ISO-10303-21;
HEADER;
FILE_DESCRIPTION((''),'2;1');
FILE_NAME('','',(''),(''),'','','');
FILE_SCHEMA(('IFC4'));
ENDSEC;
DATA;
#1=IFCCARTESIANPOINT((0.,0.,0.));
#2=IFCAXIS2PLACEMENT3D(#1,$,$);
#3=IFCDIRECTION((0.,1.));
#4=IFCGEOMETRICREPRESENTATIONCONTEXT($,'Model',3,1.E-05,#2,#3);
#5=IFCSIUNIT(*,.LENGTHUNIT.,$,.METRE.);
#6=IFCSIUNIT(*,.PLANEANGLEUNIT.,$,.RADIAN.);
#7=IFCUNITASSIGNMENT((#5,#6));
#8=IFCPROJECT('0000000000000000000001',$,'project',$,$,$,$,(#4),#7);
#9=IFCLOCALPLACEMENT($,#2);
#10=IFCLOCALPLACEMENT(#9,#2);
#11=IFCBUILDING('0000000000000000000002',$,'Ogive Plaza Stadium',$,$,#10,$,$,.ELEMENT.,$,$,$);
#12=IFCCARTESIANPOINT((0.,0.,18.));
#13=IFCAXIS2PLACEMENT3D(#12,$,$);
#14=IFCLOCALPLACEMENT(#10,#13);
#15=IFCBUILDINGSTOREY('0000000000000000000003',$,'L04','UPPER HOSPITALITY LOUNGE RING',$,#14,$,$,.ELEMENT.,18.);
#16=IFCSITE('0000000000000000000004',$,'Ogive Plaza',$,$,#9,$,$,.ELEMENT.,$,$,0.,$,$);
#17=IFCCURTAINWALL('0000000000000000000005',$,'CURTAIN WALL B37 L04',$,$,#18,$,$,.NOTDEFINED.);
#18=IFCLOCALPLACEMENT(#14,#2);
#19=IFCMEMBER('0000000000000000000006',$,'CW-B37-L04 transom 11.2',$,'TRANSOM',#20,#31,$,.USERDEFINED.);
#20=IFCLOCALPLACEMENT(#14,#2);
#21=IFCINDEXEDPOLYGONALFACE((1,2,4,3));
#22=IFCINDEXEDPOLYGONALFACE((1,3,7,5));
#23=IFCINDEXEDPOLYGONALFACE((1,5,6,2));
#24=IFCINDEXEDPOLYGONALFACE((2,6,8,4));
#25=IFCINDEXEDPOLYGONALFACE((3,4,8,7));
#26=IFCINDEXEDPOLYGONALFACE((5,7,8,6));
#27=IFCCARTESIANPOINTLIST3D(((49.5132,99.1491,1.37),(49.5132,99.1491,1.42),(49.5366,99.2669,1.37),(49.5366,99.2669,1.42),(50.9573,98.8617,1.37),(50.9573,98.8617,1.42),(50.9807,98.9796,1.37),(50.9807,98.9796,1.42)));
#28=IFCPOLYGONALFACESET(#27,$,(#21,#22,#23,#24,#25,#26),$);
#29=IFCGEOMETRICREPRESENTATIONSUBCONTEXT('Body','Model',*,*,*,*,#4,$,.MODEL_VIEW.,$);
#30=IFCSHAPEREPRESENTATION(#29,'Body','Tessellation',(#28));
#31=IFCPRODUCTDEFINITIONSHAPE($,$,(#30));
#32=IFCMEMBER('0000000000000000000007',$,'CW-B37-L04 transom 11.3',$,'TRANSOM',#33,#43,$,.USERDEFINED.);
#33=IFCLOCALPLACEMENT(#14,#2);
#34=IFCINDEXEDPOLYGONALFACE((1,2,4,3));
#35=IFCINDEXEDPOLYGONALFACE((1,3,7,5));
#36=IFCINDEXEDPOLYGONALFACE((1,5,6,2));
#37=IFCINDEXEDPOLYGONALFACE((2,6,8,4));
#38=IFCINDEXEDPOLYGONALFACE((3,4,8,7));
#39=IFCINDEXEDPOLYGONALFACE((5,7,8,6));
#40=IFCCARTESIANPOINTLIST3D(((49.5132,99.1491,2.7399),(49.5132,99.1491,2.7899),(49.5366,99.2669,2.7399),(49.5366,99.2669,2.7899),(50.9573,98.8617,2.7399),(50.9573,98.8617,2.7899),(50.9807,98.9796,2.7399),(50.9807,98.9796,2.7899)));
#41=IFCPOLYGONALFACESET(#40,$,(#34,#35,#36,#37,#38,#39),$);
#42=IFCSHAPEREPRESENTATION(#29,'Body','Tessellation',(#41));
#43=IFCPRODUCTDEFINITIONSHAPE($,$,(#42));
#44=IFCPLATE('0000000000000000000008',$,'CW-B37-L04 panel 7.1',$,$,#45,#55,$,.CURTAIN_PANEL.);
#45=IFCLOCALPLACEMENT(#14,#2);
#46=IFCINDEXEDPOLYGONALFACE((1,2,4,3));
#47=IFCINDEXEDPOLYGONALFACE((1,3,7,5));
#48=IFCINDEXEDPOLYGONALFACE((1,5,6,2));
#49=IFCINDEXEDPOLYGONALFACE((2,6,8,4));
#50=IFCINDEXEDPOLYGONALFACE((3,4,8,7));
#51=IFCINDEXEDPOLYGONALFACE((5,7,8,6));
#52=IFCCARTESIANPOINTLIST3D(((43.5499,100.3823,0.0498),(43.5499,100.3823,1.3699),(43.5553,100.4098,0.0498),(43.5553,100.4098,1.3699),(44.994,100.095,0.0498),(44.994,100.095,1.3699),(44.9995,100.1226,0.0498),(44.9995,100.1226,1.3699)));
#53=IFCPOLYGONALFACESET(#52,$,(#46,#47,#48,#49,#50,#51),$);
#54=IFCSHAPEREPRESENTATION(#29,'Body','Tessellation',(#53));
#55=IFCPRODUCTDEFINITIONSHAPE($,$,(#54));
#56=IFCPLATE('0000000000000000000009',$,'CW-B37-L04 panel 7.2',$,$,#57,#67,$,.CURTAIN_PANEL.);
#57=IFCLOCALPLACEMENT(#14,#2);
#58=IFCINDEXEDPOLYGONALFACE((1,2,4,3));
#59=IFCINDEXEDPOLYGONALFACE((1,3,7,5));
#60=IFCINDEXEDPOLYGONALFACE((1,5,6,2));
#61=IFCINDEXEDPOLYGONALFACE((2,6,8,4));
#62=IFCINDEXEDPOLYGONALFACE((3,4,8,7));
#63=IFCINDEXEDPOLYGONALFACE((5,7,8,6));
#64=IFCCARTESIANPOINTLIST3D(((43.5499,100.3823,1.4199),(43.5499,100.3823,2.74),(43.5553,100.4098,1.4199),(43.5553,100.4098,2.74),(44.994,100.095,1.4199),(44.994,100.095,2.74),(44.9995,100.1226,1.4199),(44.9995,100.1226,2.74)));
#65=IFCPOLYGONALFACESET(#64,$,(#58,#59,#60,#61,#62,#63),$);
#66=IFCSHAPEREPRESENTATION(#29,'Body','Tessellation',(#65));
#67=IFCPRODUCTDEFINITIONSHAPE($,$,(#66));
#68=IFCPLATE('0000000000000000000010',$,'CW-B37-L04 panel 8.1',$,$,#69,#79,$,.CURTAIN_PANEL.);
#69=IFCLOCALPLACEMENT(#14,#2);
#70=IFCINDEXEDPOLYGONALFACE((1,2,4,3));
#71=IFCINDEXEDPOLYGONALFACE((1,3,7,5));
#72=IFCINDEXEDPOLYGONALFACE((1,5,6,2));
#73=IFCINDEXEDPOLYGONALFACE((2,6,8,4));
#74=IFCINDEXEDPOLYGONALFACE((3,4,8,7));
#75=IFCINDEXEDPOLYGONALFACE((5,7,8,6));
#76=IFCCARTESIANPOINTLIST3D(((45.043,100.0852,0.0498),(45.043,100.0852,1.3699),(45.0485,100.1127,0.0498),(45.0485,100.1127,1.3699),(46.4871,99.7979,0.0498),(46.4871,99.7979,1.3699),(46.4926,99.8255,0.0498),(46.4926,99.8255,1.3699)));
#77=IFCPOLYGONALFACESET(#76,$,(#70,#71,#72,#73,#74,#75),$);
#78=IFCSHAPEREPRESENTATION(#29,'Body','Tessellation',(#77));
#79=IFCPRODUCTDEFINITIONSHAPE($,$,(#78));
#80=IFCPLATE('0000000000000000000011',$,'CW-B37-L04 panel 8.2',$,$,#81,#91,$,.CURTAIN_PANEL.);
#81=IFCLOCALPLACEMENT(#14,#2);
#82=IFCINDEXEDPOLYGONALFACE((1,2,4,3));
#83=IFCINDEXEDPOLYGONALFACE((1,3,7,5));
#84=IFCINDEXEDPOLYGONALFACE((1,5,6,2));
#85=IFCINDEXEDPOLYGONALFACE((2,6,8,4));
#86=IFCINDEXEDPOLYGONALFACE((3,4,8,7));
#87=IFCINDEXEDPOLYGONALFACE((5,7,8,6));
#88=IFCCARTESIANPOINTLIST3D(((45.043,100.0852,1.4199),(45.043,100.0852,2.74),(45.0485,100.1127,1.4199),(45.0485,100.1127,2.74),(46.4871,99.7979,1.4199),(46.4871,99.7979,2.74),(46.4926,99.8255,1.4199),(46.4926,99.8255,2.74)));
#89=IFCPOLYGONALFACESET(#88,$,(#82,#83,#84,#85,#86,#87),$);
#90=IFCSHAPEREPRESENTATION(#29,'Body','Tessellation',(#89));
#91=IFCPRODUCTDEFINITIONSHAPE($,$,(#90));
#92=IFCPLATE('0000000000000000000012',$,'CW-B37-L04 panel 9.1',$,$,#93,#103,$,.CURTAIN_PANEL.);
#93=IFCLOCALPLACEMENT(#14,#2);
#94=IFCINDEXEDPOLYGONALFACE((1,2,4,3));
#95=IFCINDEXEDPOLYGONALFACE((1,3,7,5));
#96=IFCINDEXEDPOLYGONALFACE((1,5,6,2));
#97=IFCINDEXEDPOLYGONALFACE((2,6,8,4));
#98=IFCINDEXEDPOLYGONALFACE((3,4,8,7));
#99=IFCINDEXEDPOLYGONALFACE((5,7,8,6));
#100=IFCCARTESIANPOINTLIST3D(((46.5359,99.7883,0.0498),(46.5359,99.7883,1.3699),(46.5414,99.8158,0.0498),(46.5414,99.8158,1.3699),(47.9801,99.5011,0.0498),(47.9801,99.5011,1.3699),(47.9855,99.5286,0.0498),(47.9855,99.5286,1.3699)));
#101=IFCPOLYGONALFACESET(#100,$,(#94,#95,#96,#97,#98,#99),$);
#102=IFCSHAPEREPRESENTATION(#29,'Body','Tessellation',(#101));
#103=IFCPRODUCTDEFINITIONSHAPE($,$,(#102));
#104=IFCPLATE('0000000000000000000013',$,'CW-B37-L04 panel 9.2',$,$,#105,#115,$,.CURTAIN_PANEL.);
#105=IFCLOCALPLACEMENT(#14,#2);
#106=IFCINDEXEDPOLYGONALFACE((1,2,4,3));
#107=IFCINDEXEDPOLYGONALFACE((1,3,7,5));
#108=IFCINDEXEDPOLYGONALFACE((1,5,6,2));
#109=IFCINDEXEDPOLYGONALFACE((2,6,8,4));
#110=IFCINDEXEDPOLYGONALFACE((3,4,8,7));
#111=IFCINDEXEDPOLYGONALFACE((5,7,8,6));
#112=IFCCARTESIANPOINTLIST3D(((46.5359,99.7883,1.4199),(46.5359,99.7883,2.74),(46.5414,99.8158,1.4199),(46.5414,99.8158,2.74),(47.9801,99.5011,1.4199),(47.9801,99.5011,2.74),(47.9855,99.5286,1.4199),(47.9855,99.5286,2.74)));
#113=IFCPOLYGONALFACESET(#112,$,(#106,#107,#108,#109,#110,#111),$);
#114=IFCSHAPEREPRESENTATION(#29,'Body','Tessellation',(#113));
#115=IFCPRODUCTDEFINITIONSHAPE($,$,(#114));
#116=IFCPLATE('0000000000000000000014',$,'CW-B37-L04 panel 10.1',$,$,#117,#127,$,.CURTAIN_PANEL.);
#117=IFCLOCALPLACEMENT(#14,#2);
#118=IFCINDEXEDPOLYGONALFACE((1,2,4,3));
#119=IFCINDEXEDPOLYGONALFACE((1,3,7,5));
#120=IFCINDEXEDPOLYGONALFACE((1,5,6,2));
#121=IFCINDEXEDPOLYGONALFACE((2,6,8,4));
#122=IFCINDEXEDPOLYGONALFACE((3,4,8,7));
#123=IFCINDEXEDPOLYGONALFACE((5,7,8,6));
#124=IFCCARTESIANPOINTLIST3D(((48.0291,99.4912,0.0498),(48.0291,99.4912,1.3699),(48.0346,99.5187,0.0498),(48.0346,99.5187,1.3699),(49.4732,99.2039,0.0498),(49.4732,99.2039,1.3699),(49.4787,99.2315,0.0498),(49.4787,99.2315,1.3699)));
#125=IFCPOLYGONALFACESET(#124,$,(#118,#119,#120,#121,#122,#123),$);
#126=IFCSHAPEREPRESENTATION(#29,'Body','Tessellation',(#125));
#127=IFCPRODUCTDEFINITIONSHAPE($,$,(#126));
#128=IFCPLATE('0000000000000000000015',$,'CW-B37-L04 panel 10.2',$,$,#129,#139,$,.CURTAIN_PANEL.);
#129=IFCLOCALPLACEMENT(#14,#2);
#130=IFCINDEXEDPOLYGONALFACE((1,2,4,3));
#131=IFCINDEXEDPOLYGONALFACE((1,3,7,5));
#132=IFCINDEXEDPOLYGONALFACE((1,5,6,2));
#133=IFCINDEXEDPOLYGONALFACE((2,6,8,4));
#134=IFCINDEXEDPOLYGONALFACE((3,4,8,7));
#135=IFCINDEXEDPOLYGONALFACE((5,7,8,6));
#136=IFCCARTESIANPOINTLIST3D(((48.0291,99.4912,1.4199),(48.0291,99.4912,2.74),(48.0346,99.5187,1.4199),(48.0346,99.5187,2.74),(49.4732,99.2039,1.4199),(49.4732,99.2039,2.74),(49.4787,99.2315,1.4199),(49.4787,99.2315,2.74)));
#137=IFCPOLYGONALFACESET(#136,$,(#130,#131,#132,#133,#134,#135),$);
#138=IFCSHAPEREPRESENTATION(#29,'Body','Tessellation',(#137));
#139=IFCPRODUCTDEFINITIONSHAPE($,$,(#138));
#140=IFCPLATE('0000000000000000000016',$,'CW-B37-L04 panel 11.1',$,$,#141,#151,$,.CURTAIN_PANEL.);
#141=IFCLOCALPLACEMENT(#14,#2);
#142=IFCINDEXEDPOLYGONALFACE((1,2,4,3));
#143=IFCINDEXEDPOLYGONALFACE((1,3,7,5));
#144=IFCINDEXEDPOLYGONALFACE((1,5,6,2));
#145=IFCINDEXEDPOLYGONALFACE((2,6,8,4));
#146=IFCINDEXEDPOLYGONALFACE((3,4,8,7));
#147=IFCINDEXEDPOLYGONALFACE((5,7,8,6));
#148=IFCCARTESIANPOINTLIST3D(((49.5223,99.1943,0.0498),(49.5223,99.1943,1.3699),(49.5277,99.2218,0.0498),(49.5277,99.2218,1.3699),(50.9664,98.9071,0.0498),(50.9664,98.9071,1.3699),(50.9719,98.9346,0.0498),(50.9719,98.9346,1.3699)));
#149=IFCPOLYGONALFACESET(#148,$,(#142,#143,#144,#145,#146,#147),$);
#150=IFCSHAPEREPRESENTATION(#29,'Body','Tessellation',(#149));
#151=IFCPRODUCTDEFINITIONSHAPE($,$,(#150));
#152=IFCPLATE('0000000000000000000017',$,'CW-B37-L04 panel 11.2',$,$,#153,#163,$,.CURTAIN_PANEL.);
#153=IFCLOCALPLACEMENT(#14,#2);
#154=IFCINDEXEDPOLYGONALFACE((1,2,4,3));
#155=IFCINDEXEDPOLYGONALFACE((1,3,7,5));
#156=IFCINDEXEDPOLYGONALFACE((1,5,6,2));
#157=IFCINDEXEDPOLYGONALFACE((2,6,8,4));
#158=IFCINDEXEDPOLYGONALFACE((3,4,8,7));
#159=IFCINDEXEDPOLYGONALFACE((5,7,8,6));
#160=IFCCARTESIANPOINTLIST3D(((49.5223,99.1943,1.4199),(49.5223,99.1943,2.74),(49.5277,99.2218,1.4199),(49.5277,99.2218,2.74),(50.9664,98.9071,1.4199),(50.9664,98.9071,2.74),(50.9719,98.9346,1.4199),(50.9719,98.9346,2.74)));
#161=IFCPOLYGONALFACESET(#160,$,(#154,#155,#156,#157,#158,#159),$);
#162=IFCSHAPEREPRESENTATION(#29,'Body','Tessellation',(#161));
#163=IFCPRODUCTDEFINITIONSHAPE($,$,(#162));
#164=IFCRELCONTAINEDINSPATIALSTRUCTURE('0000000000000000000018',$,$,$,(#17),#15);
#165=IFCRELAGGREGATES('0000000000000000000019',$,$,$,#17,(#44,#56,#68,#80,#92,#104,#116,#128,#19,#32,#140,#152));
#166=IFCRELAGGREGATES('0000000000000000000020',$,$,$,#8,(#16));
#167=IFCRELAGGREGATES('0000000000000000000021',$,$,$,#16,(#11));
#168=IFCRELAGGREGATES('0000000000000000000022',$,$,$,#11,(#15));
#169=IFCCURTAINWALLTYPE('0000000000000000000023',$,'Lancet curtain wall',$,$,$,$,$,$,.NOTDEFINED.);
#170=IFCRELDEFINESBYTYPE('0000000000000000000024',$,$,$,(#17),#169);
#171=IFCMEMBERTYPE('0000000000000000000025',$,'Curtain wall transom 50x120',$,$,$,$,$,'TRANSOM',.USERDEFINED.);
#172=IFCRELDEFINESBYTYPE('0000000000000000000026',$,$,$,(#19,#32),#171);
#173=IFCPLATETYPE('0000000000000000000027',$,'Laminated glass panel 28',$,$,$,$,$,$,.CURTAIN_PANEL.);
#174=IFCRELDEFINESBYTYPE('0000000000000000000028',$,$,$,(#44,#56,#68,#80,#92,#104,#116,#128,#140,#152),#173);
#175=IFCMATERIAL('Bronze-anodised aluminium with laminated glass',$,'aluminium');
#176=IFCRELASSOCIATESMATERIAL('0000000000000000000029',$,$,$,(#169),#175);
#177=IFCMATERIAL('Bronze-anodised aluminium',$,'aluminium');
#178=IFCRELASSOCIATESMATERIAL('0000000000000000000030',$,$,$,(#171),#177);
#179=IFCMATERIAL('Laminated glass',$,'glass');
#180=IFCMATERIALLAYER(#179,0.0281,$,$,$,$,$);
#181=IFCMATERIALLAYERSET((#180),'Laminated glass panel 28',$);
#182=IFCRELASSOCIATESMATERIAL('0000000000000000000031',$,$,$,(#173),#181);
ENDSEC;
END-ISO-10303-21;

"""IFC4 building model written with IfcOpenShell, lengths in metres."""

from ifc_helpers import new_model, si_unit, direction, frame, origin, origin_2d, place, context, subcontext, project, spatial, rectangle, extrude, material, layer, layer_set, material_profile, profile_set, type_object, element, aggregate, save


model = new_model("IFC4")

# Units and contexts
model_context = context("Model", 3, precision=1e-05, world=origin(), true_north=direction((0.0, 1.0)))
body_context = subcontext(model_context, "Body", "Model", "MODEL_VIEW")
ifc_project = project(units=[si_unit("LENGTHUNIT", "METRE"), si_unit("PLANEANGLEUNIT", "RADIAN")], contexts=[model_context])

# Site, building, storey
site_placement = place(None, origin())
site = spatial("IfcSite", under=ifc_project, at=site_placement, Name="Ogive Plaza", CompositionType="ELEMENT", RefElevation=0.0)
building_placement = place(site_placement, origin())
building = spatial("IfcBuilding", under=site, at=building_placement, Name="Ogive Plaza Stadium", CompositionType="ELEMENT")
storey_placement = place(building_placement, frame((0.0, 0.0, 18.0)))
storey = spatial("IfcBuildingStorey", under=building, at=storey_placement, Name="L04", Description="UPPER HOSPITALITY LOUNGE RING", CompositionType="ELEMENT", Elevation=18.0)

# Curtain wall, members, plates
ifc_material_1 = material(Name="Bronze-anodised aluminium with laminated glass", Category="aluminium")
curtain_wall_type = type_object("IfcCurtainWallType", Name="Lancet curtain wall", PredefinedType="NOTDEFINED", material=ifc_material_1)
curtain_wall_placement = place(storey_placement, origin())
curtain_wall = element("IfcCurtainWall", 1, at=curtain_wall_placement, inside=storey, type_object=curtain_wall_type, Name="CURTAIN WALL B37 L04", PredefinedType="NOTDEFINED")
ifc_material_2 = material(Name="Bronze-anodised aluminium", Category="aluminium")
ifc_material_profile_1 = material_profile(ifc_material_2, rectangle(XDim=0.1201, YDim=0.05, at=origin_2d()), Name="AL 120x50")
ifc_profile_set_1 = profile_set([ifc_material_profile_1], Name="Bronze-anodised aluminium")
member_type_1 = type_object("IfcMemberType", Name="Curtain wall transom 50x120", ElementType="TRANSOM", PredefinedType="USERDEFINED", material=ifc_profile_set_1)
member_1_placement = place(storey_placement, frame((49.5249, 99.208, 1.395), z_axis=(0.980772, -0.195159, 0.0), x_axis=(0.195159, 0.980772, 0.0)))
member_1 = element("IfcMember", 2, at=member_1_placement, type_object=member_type_1, Name="CW-B37-L04 transom 11.2", ObjectType="TRANSOM", PredefinedType="USERDEFINED", context=body_context, shape_type="SweptSolid", body=[
    extrude(rectangle(XDim=0.1201, YDim=0.05, at=origin_2d()), origin(), (0.0, 0.0, 1.0), 1.4724),
])
member_2_placement = place(storey_placement, frame((49.5249, 99.208, 2.7649), z_axis=(0.980772, -0.195159, 0.0), x_axis=(0.195159, 0.980772, 0.0)))
member_2 = element("IfcMember", 3, at=member_2_placement, type_object=member_type_1, Name="CW-B37-L04 transom 11.3", ObjectType="TRANSOM", PredefinedType="USERDEFINED", context=body_context, shape_type="SweptSolid", body=[
    extrude(rectangle(XDim=0.1201, YDim=0.05, at=origin_2d()), origin(), (0.0, 0.0, 1.0), 1.4724),
])
ifc_material_3 = material(Name="Laminated glass", Category="glass")
ifc_layer = layer(ifc_material_3, 0.0281)
ifc_layer_set = layer_set([ifc_layer], Name="Laminated glass panel 28")
plate_type = type_object("IfcPlateType", Name="Laminated glass panel 28", PredefinedType="CURTAIN_PANEL", material=ifc_layer_set)
plate_1_placement = place(storey_placement, frame((44.2747, 100.2524, 0.0498), z_axis=(0.0, 0.0, 1.0), x_axis=(0.980785, -0.19509, 0.0)))
plate_1 = element("IfcPlate", 4, at=plate_1_placement, type_object=plate_type, Name="CW-B37-L04 panel 7.1", PredefinedType="CURTAIN_PANEL", context=body_context, shape_type="SweptSolid", body=[
    extrude(rectangle(XDim=1.4724, YDim=0.0281, at=origin_2d()), origin(), (0.0, 0.0, 1.0), 1.3201),
])
plate_2_placement = place(storey_placement, frame((44.2747, 100.2524, 1.4199), z_axis=(0.0, 0.0, 1.0), x_axis=(0.980785, -0.19509, 0.0)))
plate_2 = element("IfcPlate", 5, at=plate_2_placement, type_object=plate_type, Name="CW-B37-L04 panel 7.2", PredefinedType="CURTAIN_PANEL", context=body_context, shape_type="SweptSolid", body=[
    extrude(rectangle(XDim=1.4724, YDim=0.0281, at=origin_2d()), origin(), (0.0, 0.0, 1.0), 1.3201),
])
plate_3_placement = place(storey_placement, frame((45.7678, 99.9553, 0.0498), z_axis=(0.0, 0.0, 1.0), x_axis=(0.980785, -0.19509, 0.0)))
plate_3 = element("IfcPlate", 6, at=plate_3_placement, type_object=plate_type, Name="CW-B37-L04 panel 8.1", PredefinedType="CURTAIN_PANEL", context=body_context, shape_type="SweptSolid", body=[
    extrude(rectangle(XDim=1.4724, YDim=0.0281, at=origin_2d()), origin(), (0.0, 0.0, 1.0), 1.3201),
])
plate_4_placement = place(storey_placement, frame((45.7678, 99.9553, 1.4199), z_axis=(0.0, 0.0, 1.0), x_axis=(0.980785, -0.19509, 0.0)))
plate_4 = element("IfcPlate", 7, at=plate_4_placement, type_object=plate_type, Name="CW-B37-L04 panel 8.2", PredefinedType="CURTAIN_PANEL", context=body_context, shape_type="SweptSolid", body=[
    extrude(rectangle(XDim=1.4724, YDim=0.0281, at=origin_2d()), origin(), (0.0, 0.0, 1.0), 1.3201),
])
plate_5_placement = place(storey_placement, frame((47.2607, 99.6584, 0.0498), z_axis=(0.0, 0.0, 1.0), x_axis=(0.980785, -0.19509, 0.0)))
plate_5 = element("IfcPlate", 8, at=plate_5_placement, type_object=plate_type, Name="CW-B37-L04 panel 9.1", PredefinedType="CURTAIN_PANEL", context=body_context, shape_type="SweptSolid", body=[
    extrude(rectangle(XDim=1.4724, YDim=0.0281, at=origin_2d()), origin(), (0.0, 0.0, 1.0), 1.3201),
])
plate_6_placement = place(storey_placement, frame((47.2607, 99.6584, 1.4199), z_axis=(0.0, 0.0, 1.0), x_axis=(0.980785, -0.19509, 0.0)))
plate_6 = element("IfcPlate", 9, at=plate_6_placement, type_object=plate_type, Name="CW-B37-L04 panel 9.2", PredefinedType="CURTAIN_PANEL", context=body_context, shape_type="SweptSolid", body=[
    extrude(rectangle(XDim=1.4724, YDim=0.0281, at=origin_2d()), origin(), (0.0, 0.0, 1.0), 1.3201),
])
plate_7_placement = place(storey_placement, frame((48.7539, 99.3613, 0.0498), z_axis=(0.0, 0.0, 1.0), x_axis=(0.980785, -0.19509, 0.0)))
plate_7 = element("IfcPlate", 10, at=plate_7_placement, type_object=plate_type, Name="CW-B37-L04 panel 10.1", PredefinedType="CURTAIN_PANEL", context=body_context, shape_type="SweptSolid", body=[
    extrude(rectangle(XDim=1.4724, YDim=0.0281, at=origin_2d()), origin(), (0.0, 0.0, 1.0), 1.3201),
])
plate_8_placement = place(storey_placement, frame((48.7539, 99.3613, 1.4199), z_axis=(0.0, 0.0, 1.0), x_axis=(0.980785, -0.19509, 0.0)))
plate_8 = element("IfcPlate", 11, at=plate_8_placement, type_object=plate_type, Name="CW-B37-L04 panel 10.2", PredefinedType="CURTAIN_PANEL", context=body_context, shape_type="SweptSolid", body=[
    extrude(rectangle(XDim=1.4724, YDim=0.0281, at=origin_2d()), origin(), (0.0, 0.0, 1.0), 1.3201),
])
plate_9_placement = place(storey_placement, frame((50.2471, 99.0645, 0.0498), z_axis=(0.0, 0.0, 1.0), x_axis=(0.980785, -0.19509, 0.0)))
plate_9 = element("IfcPlate", 12, at=plate_9_placement, type_object=plate_type, Name="CW-B37-L04 panel 11.1", PredefinedType="CURTAIN_PANEL", context=body_context, shape_type="SweptSolid", body=[
    extrude(rectangle(XDim=1.4724, YDim=0.0281, at=origin_2d()), origin(), (0.0, 0.0, 1.0), 1.3201),
])
plate_10_placement = place(storey_placement, frame((50.2471, 99.0645, 1.4199), z_axis=(0.0, 0.0, 1.0), x_axis=(0.980785, -0.19509, 0.0)))
plate_10 = element("IfcPlate", 13, at=plate_10_placement, type_object=plate_type, Name="CW-B37-L04 panel 11.2", PredefinedType="CURTAIN_PANEL", context=body_context, shape_type="SweptSolid", body=[
    extrude(rectangle(XDim=1.4724, YDim=0.0281, at=origin_2d()), origin(), (0.0, 0.0, 1.0), 1.3201),
])
aggregate(curtain_wall, [plate_1, plate_2, plate_3, plate_4, plate_5, plate_6, plate_7, plate_8, member_1, member_2, plate_9, plate_10])

save(model, "model.ifc")
